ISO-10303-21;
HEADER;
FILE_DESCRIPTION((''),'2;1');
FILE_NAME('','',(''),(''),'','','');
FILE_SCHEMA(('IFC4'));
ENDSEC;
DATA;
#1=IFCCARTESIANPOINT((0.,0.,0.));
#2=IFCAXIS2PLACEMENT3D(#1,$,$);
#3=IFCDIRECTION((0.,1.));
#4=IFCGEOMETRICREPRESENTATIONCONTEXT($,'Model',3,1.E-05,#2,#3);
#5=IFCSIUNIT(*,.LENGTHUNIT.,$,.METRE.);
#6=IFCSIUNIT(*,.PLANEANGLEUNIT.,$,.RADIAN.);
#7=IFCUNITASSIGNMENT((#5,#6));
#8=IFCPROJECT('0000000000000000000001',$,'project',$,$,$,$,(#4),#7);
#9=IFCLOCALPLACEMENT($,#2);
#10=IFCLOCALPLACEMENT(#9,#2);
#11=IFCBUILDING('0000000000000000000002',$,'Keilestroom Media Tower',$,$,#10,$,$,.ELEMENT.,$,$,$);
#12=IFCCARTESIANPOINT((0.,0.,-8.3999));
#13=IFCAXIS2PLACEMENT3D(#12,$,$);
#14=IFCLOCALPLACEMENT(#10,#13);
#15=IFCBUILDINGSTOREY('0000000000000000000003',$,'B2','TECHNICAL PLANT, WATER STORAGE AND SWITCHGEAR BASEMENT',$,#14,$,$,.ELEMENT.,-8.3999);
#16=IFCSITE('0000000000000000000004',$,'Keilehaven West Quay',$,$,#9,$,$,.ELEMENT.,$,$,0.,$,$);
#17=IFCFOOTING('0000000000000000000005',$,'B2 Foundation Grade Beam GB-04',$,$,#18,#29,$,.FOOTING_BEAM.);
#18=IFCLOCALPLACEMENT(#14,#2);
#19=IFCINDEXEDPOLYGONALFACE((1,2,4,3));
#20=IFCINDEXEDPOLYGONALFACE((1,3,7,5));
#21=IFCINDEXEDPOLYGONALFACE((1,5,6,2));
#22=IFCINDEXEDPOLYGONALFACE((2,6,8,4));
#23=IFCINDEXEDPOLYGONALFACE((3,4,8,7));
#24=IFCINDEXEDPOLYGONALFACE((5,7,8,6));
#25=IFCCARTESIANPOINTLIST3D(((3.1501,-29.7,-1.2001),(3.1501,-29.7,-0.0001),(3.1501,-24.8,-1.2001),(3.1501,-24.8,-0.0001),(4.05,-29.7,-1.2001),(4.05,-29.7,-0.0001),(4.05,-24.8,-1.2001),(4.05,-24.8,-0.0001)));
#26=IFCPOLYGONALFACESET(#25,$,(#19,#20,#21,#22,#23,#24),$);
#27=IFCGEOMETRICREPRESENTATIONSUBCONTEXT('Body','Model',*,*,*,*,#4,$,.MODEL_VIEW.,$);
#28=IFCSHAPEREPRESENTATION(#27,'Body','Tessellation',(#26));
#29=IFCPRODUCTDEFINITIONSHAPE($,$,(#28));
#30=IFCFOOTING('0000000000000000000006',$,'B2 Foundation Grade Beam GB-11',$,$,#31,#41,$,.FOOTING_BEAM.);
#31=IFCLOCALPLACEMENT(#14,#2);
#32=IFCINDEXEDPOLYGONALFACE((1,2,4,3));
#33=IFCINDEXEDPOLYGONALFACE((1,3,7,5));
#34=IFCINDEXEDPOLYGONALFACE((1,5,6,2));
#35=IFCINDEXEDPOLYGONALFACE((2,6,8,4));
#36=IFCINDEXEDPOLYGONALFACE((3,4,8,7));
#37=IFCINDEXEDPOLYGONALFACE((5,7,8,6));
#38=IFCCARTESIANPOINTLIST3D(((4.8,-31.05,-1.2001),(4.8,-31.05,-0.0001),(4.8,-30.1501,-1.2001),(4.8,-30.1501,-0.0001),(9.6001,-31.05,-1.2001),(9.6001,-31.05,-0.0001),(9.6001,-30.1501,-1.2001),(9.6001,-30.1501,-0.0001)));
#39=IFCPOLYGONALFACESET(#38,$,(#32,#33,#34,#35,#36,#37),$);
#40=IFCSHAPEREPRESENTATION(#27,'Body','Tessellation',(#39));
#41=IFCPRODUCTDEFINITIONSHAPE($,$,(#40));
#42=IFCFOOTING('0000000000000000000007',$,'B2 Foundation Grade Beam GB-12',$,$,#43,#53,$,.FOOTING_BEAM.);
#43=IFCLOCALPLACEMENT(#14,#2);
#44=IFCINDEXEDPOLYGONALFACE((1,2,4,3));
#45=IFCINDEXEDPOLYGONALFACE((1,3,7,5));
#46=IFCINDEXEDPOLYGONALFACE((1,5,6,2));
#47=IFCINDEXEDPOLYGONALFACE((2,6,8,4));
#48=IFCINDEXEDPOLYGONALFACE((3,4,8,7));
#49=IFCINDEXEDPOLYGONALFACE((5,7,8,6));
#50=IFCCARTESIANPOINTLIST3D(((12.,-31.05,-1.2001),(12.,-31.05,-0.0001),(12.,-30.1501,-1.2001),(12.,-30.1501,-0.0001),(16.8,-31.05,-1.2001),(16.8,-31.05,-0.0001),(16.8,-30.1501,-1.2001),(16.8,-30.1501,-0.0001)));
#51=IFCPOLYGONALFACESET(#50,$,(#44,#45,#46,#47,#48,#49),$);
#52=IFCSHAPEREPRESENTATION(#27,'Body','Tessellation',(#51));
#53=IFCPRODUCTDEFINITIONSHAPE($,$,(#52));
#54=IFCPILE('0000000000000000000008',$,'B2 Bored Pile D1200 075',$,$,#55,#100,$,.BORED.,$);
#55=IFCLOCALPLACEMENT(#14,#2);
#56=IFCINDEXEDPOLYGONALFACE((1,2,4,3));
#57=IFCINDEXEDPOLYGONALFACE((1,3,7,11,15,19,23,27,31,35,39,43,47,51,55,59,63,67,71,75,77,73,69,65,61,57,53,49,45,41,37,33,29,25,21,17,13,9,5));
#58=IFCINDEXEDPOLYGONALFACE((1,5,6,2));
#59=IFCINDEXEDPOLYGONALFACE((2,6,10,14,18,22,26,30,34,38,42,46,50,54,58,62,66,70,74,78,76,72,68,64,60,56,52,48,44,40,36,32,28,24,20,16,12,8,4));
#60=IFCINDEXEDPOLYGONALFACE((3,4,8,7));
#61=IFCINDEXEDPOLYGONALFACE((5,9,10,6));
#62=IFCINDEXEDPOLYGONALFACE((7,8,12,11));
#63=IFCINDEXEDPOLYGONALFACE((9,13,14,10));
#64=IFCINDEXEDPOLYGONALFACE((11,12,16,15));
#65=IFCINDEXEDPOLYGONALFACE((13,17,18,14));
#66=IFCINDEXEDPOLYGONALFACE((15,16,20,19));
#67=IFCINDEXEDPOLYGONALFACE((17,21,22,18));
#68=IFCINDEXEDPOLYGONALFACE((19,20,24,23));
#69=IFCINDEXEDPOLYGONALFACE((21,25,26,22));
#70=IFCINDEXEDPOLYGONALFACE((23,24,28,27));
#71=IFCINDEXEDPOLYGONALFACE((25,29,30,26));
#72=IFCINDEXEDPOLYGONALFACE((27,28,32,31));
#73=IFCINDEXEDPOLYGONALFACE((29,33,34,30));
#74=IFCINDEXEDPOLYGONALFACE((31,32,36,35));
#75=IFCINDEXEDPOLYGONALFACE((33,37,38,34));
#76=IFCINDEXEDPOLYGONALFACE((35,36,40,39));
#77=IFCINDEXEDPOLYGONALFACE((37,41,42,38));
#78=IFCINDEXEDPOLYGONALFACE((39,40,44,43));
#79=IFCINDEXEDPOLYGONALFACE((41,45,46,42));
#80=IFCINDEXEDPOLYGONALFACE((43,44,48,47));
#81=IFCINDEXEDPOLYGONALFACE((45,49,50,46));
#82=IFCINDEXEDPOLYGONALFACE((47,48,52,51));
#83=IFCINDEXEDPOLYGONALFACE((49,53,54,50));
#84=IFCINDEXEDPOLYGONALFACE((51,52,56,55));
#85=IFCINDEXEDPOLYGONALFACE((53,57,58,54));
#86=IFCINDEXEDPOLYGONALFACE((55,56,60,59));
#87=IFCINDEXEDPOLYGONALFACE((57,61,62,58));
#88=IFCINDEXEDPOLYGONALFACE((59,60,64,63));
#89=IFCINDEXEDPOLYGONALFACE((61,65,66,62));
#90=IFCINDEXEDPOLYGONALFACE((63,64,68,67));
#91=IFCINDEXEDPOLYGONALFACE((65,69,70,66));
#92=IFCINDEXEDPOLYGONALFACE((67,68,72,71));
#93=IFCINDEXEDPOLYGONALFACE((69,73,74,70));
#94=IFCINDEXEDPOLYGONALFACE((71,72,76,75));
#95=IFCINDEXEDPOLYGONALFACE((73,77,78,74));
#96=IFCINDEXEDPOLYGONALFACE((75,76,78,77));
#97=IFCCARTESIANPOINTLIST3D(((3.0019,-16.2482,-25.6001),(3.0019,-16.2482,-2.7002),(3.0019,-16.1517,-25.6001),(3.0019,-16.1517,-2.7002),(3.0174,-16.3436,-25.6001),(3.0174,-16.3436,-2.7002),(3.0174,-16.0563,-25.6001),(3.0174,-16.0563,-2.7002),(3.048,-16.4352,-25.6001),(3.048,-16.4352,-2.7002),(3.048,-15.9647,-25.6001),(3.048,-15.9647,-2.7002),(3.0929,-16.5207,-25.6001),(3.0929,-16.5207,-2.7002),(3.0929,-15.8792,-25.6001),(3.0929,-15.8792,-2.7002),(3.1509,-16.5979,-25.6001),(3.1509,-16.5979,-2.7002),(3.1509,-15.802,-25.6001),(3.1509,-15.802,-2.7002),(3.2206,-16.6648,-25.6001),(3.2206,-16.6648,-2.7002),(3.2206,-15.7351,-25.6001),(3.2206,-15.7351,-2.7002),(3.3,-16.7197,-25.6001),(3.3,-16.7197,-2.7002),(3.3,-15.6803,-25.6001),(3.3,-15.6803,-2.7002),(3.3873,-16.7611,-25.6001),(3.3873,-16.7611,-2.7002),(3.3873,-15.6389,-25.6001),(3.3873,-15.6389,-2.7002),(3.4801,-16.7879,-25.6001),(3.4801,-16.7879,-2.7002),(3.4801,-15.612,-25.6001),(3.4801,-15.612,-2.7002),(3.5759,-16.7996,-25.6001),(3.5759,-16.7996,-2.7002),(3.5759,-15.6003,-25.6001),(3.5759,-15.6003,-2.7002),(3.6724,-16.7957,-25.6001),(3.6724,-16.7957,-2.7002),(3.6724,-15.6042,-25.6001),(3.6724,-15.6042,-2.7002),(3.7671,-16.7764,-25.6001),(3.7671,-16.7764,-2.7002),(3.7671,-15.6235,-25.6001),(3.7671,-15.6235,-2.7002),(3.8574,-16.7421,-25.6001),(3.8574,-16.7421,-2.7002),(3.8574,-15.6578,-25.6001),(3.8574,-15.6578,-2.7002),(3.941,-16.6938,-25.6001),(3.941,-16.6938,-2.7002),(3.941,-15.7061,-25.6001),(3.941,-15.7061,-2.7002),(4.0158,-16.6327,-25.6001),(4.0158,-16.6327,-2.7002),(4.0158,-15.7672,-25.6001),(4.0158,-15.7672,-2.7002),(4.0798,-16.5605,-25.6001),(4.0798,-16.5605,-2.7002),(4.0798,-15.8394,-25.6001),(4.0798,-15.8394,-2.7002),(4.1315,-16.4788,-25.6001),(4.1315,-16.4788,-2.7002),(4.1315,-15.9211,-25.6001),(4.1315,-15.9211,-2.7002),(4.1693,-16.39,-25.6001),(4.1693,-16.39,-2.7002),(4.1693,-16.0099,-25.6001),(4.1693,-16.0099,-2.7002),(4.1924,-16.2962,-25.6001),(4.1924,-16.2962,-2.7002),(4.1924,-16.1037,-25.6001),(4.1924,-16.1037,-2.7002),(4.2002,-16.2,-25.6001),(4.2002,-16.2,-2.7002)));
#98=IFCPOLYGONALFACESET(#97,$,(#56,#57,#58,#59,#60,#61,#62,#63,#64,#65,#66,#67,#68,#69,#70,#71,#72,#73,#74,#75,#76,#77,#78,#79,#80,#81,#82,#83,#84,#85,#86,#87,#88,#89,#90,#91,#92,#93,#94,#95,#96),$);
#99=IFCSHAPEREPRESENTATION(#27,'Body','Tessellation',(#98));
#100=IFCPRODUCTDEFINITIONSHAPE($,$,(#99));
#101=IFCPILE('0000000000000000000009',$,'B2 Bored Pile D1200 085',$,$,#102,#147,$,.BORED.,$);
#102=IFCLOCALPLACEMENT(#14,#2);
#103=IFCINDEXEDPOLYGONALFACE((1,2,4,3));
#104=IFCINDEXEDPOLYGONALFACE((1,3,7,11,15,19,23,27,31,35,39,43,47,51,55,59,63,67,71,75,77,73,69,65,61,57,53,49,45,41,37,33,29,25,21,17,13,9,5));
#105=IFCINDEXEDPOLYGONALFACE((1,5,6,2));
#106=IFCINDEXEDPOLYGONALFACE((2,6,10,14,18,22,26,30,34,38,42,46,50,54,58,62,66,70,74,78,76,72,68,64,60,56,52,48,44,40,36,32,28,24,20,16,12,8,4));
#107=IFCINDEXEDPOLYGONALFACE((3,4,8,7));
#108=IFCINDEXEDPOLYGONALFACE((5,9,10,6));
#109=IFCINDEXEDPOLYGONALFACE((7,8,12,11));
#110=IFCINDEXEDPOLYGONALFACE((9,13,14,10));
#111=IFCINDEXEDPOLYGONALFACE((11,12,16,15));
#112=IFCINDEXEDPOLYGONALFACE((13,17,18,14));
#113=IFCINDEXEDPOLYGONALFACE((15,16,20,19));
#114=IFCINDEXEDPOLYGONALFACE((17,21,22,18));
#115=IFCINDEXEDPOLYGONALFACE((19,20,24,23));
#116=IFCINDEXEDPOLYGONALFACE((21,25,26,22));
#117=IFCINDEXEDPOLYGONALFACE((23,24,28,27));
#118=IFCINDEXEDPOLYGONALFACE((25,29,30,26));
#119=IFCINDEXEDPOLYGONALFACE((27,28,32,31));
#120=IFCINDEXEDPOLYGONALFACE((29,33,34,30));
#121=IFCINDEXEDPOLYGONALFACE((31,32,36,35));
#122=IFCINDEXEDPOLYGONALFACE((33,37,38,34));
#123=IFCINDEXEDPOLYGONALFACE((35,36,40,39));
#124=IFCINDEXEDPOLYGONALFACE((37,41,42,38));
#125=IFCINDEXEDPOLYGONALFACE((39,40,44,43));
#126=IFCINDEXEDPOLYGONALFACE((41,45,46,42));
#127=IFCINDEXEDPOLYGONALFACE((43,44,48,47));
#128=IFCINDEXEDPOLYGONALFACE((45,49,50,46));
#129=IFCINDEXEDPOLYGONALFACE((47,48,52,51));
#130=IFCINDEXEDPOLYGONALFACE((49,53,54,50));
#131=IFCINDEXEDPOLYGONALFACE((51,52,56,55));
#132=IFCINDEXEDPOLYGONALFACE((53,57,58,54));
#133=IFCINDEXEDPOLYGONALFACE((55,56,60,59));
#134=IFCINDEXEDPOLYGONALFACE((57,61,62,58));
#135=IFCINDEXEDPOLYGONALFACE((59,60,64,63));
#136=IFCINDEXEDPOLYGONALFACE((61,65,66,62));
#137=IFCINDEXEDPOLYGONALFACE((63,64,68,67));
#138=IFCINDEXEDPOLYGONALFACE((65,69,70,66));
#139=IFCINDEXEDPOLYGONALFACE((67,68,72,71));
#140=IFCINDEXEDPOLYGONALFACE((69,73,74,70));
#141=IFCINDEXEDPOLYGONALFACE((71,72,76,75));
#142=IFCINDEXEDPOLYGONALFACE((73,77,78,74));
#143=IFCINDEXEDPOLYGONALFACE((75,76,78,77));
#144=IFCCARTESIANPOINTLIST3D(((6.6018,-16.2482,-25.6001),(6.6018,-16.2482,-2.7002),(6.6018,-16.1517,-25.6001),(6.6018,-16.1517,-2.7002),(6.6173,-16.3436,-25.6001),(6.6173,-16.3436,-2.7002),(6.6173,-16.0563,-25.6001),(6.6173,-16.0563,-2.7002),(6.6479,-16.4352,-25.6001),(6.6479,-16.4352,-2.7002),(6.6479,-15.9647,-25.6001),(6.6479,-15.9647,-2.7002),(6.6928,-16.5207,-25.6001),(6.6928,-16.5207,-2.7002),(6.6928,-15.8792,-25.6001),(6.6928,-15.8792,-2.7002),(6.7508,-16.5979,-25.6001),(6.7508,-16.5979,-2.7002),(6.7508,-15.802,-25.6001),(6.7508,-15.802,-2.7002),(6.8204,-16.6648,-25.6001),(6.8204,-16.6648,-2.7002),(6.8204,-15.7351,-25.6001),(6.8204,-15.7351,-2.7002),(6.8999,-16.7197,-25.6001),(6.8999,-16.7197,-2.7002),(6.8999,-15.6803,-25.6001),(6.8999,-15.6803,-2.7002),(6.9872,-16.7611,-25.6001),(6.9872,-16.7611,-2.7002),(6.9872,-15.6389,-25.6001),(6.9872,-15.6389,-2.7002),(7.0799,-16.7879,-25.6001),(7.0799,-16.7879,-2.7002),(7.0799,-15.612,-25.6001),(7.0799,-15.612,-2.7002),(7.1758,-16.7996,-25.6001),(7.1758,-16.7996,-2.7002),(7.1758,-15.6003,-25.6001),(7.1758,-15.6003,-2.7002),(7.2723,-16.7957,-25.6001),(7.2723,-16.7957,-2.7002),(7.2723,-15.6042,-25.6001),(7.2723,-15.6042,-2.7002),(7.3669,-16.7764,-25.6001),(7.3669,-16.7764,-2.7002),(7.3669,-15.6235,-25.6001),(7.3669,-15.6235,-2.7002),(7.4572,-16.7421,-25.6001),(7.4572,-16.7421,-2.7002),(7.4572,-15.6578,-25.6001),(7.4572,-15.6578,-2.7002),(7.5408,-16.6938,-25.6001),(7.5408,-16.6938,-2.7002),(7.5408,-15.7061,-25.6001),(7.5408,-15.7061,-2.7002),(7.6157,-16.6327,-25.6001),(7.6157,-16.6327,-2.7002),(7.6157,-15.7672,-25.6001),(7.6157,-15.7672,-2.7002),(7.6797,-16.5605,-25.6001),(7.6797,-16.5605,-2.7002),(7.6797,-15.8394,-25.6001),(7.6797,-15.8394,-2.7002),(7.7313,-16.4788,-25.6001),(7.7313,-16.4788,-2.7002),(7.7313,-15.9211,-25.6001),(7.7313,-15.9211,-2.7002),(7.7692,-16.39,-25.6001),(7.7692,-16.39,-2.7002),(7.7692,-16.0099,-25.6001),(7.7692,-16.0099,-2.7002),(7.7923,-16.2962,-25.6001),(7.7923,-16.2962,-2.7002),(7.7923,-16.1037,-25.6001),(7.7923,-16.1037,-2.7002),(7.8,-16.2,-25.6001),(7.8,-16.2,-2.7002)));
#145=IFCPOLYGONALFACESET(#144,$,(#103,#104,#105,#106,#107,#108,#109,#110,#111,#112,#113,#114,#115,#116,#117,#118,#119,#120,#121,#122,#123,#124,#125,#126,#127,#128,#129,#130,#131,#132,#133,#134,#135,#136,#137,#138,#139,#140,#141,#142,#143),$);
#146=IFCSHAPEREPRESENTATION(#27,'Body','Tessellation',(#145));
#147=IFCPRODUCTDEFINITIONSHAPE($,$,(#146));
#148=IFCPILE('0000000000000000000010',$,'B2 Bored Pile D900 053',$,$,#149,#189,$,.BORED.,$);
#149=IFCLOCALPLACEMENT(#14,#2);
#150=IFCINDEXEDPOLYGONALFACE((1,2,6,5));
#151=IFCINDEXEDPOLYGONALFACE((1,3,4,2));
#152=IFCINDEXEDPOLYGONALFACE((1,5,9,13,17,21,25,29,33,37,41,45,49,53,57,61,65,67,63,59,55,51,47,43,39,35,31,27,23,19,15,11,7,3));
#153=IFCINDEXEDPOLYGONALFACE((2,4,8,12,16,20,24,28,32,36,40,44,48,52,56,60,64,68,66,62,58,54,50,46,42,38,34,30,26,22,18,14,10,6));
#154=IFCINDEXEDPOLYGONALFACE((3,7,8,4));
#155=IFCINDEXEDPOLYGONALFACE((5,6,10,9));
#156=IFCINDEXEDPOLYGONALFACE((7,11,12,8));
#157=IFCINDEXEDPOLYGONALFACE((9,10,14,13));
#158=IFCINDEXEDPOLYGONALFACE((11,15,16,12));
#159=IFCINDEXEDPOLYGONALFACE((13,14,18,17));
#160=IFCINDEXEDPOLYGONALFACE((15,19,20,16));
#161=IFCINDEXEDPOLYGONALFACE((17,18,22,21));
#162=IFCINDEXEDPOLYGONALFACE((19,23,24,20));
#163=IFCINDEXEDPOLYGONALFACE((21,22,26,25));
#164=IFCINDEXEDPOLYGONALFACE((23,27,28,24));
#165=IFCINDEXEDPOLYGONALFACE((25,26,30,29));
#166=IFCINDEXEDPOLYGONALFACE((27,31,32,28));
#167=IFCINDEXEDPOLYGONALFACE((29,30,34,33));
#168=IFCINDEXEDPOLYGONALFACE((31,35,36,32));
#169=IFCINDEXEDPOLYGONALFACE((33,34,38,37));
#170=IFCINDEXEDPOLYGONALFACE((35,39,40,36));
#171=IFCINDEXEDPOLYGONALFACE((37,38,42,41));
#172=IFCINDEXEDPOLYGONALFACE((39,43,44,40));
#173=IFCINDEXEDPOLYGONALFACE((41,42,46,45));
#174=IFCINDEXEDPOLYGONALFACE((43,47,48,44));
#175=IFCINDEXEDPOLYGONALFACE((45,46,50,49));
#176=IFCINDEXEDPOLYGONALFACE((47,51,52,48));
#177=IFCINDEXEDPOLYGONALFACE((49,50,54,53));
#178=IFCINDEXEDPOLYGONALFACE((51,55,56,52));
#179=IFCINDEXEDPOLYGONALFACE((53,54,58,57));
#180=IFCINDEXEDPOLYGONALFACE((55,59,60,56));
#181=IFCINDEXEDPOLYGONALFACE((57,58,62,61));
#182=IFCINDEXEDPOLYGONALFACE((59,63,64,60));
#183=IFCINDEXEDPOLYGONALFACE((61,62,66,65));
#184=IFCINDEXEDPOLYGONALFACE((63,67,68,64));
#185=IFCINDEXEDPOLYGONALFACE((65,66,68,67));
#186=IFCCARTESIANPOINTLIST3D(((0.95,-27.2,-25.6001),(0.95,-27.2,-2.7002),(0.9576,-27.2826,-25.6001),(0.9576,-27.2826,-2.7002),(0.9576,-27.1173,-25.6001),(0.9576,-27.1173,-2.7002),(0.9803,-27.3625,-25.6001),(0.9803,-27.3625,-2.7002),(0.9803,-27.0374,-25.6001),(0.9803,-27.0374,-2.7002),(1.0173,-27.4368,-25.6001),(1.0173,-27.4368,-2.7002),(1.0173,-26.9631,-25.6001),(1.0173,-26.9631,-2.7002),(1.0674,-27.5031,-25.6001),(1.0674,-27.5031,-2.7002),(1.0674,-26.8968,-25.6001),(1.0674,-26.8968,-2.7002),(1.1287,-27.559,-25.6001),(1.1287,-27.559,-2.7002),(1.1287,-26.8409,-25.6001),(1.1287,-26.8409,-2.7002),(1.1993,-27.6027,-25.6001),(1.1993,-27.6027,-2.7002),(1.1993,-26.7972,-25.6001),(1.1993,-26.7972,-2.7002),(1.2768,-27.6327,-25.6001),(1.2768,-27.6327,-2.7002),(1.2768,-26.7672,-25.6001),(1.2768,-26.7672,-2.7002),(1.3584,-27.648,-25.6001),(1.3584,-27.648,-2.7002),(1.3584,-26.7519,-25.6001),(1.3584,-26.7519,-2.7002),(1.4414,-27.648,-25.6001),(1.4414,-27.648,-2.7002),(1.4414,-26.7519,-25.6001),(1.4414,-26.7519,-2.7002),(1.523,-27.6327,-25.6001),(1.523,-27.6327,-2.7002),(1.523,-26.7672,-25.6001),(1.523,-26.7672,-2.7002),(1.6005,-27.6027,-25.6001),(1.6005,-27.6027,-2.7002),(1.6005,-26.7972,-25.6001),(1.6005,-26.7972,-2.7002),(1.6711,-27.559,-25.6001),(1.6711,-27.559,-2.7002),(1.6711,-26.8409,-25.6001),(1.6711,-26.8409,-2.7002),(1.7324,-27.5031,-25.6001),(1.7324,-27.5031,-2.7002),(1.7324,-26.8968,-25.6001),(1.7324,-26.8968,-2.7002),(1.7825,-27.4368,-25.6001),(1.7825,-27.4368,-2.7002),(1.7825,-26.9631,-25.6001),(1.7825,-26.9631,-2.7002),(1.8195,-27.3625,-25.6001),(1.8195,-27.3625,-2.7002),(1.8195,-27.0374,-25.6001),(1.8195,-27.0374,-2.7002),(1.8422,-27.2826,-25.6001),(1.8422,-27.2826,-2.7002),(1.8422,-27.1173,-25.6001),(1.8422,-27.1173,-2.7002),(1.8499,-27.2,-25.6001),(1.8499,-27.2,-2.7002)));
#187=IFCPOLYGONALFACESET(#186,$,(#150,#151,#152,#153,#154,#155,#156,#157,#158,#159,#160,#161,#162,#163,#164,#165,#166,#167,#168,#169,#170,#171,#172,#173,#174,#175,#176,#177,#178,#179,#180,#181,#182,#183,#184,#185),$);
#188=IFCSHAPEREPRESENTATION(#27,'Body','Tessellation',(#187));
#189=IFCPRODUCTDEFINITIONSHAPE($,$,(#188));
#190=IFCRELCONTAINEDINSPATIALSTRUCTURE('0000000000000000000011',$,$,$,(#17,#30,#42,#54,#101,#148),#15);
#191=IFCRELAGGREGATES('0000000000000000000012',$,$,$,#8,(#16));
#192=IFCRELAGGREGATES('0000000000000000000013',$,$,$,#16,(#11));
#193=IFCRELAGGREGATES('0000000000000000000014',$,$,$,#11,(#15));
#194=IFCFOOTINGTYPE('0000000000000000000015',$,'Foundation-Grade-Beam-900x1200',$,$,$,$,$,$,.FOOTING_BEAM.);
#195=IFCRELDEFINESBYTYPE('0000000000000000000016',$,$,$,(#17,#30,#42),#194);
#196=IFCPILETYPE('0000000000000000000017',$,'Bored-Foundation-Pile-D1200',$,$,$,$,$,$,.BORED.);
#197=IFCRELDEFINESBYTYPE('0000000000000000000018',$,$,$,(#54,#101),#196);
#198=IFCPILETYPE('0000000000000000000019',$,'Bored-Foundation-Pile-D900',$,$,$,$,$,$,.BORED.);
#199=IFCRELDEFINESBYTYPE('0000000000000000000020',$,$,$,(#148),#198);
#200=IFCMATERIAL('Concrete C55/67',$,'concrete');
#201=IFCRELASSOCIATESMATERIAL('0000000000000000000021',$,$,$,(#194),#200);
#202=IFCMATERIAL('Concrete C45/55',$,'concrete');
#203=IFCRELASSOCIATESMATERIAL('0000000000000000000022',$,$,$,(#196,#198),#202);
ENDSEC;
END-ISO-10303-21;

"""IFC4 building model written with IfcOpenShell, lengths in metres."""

from ifc_helpers import new_model, si_unit, direction, frame, origin, origin_2d, place, context, subcontext, project, spatial, rectangle, circle, extrude, source, transform, mapped, material, material_profile, profile_set, type_object, element, save


model = new_model("IFC4")

# Units and contexts
model_context = context("Model", 3, precision=1e-05, world=origin(), true_north=direction((0.0, 1.0)))
body_context = subcontext(model_context, "Body", "Model", "MODEL_VIEW")
ifc_project = project(units=[si_unit("LENGTHUNIT", "METRE"), si_unit("PLANEANGLEUNIT", "RADIAN")], contexts=[model_context])

# Site, building, storey
site_placement = place(None, origin())
site = spatial("IfcSite", under=ifc_project, at=site_placement, Name="Keilehaven West Quay", CompositionType="ELEMENT", RefElevation=0.0)
building_placement = place(site_placement, origin())
building = spatial("IfcBuilding", under=site, at=building_placement, Name="Keilestroom Media Tower", CompositionType="ELEMENT")
storey_placement = place(building_placement, frame((0.0, 0.0, -8.3999)))
storey = spatial("IfcBuildingStorey", under=building, at=storey_placement, Name="B2", Description="TECHNICAL PLANT, WATER STORAGE AND SWITCHGEAR BASEMENT", CompositionType="ELEMENT", Elevation=-8.3999)

# Footings
ifc_material_1 = material(Name="Concrete C55/67", Category="concrete")
ifc_material_profile_1 = material_profile(ifc_material_1, rectangle(XDim=0.8999, YDim=1.2, at=origin_2d()), Name="GB 900x1200")
ifc_profile_set_1 = profile_set([ifc_material_profile_1], Name="Concrete C55/67")
footing_type = type_object("IfcFootingType", Name="Foundation-Grade-Beam-900x1200", PredefinedType="FOOTING_BEAM", material=ifc_profile_set_1)
shared_shape_1 = source(origin(), body_context, "Body", "SweptSolid", [
    extrude(rectangle(XDim=0.8999, YDim=1.2, at=origin_2d()), origin(), (0.0, 0.0, 1.0), 4.8999),
])
footing_placement = place(storey_placement, frame((3.6001, -29.7, -0.6001), z_axis=(0.0, 1.0, 0.0), x_axis=(-1.0, 0.0, 0.0)))
element("IfcFooting", 1, at=footing_placement, inside=storey, type_object=footing_type, Name="B2 Foundation Grade Beam GB-04", PredefinedType="FOOTING_BEAM", context=body_context, shape_type="MappedRepresentation", body=[
    mapped(shared_shape_1, transform((0.0, 0.0, 0.0), x_axis=(1.0, 0.0, 0.0), y_axis=(0.0, 1.0, 0.0), z_axis=(0.0, 0.0, 1.0), scale=1.0)),
])
shared_shape_2 = source(origin(), body_context, "Body", "SweptSolid", [
    extrude(rectangle(XDim=0.8999, YDim=1.2, at=origin_2d()), origin(), (0.0, 0.0, 1.0), 4.8),
])
for number, where, z_axis, x_axis, name in (
    (2, (4.8, -30.6001, -0.6001), (1.0, 0.0, 0.0), (0.0, 1.0, 0.0), "B2 Foundation Grade Beam GB-11"),
    (3, (12.0, -30.6001, -0.6001), (1.0, 0.0, 0.0), (0.0, 1.0, 0.0), "B2 Foundation Grade Beam GB-12"),
):
    element("IfcFooting", number, at=place(storey_placement, frame(where, z_axis=z_axis, x_axis=x_axis)), inside=storey, type_object=footing_type, Name=name, PredefinedType="FOOTING_BEAM", context=body_context, shape_type="MappedRepresentation", body=[
        mapped(shared_shape_2, transform((0.0, 0.0, 0.0), x_axis=(1.0, 0.0, 0.0), y_axis=(0.0, 1.0, 0.0), z_axis=(0.0, 0.0, 1.0), scale=1.0)),
    ])

# Piles
ifc_material_2 = material(Name="Concrete C45/55", Category="concrete")
ifc_material_profile_2 = material_profile(ifc_material_2, circle(Radius=0.6001, at=origin_2d()), Name="BORED PILE D1200")
ifc_profile_set_2 = profile_set([ifc_material_profile_2], Name="Concrete C45/55")
pile_type_1 = type_object("IfcPileType", Name="Bored-Foundation-Pile-D1200", PredefinedType="BORED", material=ifc_profile_set_2)
shared_shape_3 = source(origin(), body_context, "Body", "SweptSolid", [
    extrude(circle(Radius=0.6001, at=origin_2d()), origin(), (0.0, 0.0, 1.0), 22.8999),
])
for number, where, z_axis, x_axis, name in (
    (4, (3.6001, -16.2, -2.7002), (0.0, 0.0, -1.0), (1.0, 0.0, 0.0), "B2 Bored Pile D1200 075"),
    (5, (7.2, -16.2, -2.7002), (0.0, 0.0, -1.0), (1.0, 0.0, 0.0), "B2 Bored Pile D1200 085"),
):
    element("IfcPile", number, at=place(storey_placement, frame(where, z_axis=z_axis, x_axis=x_axis)), inside=storey, type_object=pile_type_1, Name=name, PredefinedType="BORED", context=body_context, shape_type="MappedRepresentation", body=[
        mapped(shared_shape_3, transform((0.0, 0.0, 0.0), x_axis=(1.0, 0.0, 0.0), y_axis=(0.0, 1.0, 0.0), z_axis=(0.0, 0.0, 1.0), scale=1.0)),
    ])
ifc_material_profile_3 = material_profile(ifc_material_2, circle(Radius=0.45, at=origin_2d()), Name="BORED PILE D900")
ifc_profile_set_3 = profile_set([ifc_material_profile_3], Name="Concrete C45/55")
pile_type_2 = type_object("IfcPileType", Name="Bored-Foundation-Pile-D900", PredefinedType="BORED", material=ifc_profile_set_3)
shared_shape_4 = source(origin(), body_context, "Body", "SweptSolid", [
    extrude(circle(Radius=0.45, at=origin_2d()), origin(), (0.0, 0.0, 1.0), 22.8999),
])
for number, where, z_axis, x_axis, name in (
    (6, (1.3999, -27.2, -2.7002), (0.0, 0.0, -1.0), (1.0, 0.0, 0.0), "B2 Bored Pile D900 053"),
):
    element("IfcPile", number, at=place(storey_placement, frame(where, z_axis=z_axis, x_axis=x_axis)), inside=storey, type_object=pile_type_2, Name=name, PredefinedType="BORED", context=body_context, shape_type="MappedRepresentation", body=[
        mapped(shared_shape_4, transform((0.0, 0.0, 0.0), x_axis=(1.0, 0.0, 0.0), y_axis=(0.0, 1.0, 0.0), z_axis=(0.0, 0.0, 1.0), scale=1.0)),
    ])

save(model, "model.ifc")
